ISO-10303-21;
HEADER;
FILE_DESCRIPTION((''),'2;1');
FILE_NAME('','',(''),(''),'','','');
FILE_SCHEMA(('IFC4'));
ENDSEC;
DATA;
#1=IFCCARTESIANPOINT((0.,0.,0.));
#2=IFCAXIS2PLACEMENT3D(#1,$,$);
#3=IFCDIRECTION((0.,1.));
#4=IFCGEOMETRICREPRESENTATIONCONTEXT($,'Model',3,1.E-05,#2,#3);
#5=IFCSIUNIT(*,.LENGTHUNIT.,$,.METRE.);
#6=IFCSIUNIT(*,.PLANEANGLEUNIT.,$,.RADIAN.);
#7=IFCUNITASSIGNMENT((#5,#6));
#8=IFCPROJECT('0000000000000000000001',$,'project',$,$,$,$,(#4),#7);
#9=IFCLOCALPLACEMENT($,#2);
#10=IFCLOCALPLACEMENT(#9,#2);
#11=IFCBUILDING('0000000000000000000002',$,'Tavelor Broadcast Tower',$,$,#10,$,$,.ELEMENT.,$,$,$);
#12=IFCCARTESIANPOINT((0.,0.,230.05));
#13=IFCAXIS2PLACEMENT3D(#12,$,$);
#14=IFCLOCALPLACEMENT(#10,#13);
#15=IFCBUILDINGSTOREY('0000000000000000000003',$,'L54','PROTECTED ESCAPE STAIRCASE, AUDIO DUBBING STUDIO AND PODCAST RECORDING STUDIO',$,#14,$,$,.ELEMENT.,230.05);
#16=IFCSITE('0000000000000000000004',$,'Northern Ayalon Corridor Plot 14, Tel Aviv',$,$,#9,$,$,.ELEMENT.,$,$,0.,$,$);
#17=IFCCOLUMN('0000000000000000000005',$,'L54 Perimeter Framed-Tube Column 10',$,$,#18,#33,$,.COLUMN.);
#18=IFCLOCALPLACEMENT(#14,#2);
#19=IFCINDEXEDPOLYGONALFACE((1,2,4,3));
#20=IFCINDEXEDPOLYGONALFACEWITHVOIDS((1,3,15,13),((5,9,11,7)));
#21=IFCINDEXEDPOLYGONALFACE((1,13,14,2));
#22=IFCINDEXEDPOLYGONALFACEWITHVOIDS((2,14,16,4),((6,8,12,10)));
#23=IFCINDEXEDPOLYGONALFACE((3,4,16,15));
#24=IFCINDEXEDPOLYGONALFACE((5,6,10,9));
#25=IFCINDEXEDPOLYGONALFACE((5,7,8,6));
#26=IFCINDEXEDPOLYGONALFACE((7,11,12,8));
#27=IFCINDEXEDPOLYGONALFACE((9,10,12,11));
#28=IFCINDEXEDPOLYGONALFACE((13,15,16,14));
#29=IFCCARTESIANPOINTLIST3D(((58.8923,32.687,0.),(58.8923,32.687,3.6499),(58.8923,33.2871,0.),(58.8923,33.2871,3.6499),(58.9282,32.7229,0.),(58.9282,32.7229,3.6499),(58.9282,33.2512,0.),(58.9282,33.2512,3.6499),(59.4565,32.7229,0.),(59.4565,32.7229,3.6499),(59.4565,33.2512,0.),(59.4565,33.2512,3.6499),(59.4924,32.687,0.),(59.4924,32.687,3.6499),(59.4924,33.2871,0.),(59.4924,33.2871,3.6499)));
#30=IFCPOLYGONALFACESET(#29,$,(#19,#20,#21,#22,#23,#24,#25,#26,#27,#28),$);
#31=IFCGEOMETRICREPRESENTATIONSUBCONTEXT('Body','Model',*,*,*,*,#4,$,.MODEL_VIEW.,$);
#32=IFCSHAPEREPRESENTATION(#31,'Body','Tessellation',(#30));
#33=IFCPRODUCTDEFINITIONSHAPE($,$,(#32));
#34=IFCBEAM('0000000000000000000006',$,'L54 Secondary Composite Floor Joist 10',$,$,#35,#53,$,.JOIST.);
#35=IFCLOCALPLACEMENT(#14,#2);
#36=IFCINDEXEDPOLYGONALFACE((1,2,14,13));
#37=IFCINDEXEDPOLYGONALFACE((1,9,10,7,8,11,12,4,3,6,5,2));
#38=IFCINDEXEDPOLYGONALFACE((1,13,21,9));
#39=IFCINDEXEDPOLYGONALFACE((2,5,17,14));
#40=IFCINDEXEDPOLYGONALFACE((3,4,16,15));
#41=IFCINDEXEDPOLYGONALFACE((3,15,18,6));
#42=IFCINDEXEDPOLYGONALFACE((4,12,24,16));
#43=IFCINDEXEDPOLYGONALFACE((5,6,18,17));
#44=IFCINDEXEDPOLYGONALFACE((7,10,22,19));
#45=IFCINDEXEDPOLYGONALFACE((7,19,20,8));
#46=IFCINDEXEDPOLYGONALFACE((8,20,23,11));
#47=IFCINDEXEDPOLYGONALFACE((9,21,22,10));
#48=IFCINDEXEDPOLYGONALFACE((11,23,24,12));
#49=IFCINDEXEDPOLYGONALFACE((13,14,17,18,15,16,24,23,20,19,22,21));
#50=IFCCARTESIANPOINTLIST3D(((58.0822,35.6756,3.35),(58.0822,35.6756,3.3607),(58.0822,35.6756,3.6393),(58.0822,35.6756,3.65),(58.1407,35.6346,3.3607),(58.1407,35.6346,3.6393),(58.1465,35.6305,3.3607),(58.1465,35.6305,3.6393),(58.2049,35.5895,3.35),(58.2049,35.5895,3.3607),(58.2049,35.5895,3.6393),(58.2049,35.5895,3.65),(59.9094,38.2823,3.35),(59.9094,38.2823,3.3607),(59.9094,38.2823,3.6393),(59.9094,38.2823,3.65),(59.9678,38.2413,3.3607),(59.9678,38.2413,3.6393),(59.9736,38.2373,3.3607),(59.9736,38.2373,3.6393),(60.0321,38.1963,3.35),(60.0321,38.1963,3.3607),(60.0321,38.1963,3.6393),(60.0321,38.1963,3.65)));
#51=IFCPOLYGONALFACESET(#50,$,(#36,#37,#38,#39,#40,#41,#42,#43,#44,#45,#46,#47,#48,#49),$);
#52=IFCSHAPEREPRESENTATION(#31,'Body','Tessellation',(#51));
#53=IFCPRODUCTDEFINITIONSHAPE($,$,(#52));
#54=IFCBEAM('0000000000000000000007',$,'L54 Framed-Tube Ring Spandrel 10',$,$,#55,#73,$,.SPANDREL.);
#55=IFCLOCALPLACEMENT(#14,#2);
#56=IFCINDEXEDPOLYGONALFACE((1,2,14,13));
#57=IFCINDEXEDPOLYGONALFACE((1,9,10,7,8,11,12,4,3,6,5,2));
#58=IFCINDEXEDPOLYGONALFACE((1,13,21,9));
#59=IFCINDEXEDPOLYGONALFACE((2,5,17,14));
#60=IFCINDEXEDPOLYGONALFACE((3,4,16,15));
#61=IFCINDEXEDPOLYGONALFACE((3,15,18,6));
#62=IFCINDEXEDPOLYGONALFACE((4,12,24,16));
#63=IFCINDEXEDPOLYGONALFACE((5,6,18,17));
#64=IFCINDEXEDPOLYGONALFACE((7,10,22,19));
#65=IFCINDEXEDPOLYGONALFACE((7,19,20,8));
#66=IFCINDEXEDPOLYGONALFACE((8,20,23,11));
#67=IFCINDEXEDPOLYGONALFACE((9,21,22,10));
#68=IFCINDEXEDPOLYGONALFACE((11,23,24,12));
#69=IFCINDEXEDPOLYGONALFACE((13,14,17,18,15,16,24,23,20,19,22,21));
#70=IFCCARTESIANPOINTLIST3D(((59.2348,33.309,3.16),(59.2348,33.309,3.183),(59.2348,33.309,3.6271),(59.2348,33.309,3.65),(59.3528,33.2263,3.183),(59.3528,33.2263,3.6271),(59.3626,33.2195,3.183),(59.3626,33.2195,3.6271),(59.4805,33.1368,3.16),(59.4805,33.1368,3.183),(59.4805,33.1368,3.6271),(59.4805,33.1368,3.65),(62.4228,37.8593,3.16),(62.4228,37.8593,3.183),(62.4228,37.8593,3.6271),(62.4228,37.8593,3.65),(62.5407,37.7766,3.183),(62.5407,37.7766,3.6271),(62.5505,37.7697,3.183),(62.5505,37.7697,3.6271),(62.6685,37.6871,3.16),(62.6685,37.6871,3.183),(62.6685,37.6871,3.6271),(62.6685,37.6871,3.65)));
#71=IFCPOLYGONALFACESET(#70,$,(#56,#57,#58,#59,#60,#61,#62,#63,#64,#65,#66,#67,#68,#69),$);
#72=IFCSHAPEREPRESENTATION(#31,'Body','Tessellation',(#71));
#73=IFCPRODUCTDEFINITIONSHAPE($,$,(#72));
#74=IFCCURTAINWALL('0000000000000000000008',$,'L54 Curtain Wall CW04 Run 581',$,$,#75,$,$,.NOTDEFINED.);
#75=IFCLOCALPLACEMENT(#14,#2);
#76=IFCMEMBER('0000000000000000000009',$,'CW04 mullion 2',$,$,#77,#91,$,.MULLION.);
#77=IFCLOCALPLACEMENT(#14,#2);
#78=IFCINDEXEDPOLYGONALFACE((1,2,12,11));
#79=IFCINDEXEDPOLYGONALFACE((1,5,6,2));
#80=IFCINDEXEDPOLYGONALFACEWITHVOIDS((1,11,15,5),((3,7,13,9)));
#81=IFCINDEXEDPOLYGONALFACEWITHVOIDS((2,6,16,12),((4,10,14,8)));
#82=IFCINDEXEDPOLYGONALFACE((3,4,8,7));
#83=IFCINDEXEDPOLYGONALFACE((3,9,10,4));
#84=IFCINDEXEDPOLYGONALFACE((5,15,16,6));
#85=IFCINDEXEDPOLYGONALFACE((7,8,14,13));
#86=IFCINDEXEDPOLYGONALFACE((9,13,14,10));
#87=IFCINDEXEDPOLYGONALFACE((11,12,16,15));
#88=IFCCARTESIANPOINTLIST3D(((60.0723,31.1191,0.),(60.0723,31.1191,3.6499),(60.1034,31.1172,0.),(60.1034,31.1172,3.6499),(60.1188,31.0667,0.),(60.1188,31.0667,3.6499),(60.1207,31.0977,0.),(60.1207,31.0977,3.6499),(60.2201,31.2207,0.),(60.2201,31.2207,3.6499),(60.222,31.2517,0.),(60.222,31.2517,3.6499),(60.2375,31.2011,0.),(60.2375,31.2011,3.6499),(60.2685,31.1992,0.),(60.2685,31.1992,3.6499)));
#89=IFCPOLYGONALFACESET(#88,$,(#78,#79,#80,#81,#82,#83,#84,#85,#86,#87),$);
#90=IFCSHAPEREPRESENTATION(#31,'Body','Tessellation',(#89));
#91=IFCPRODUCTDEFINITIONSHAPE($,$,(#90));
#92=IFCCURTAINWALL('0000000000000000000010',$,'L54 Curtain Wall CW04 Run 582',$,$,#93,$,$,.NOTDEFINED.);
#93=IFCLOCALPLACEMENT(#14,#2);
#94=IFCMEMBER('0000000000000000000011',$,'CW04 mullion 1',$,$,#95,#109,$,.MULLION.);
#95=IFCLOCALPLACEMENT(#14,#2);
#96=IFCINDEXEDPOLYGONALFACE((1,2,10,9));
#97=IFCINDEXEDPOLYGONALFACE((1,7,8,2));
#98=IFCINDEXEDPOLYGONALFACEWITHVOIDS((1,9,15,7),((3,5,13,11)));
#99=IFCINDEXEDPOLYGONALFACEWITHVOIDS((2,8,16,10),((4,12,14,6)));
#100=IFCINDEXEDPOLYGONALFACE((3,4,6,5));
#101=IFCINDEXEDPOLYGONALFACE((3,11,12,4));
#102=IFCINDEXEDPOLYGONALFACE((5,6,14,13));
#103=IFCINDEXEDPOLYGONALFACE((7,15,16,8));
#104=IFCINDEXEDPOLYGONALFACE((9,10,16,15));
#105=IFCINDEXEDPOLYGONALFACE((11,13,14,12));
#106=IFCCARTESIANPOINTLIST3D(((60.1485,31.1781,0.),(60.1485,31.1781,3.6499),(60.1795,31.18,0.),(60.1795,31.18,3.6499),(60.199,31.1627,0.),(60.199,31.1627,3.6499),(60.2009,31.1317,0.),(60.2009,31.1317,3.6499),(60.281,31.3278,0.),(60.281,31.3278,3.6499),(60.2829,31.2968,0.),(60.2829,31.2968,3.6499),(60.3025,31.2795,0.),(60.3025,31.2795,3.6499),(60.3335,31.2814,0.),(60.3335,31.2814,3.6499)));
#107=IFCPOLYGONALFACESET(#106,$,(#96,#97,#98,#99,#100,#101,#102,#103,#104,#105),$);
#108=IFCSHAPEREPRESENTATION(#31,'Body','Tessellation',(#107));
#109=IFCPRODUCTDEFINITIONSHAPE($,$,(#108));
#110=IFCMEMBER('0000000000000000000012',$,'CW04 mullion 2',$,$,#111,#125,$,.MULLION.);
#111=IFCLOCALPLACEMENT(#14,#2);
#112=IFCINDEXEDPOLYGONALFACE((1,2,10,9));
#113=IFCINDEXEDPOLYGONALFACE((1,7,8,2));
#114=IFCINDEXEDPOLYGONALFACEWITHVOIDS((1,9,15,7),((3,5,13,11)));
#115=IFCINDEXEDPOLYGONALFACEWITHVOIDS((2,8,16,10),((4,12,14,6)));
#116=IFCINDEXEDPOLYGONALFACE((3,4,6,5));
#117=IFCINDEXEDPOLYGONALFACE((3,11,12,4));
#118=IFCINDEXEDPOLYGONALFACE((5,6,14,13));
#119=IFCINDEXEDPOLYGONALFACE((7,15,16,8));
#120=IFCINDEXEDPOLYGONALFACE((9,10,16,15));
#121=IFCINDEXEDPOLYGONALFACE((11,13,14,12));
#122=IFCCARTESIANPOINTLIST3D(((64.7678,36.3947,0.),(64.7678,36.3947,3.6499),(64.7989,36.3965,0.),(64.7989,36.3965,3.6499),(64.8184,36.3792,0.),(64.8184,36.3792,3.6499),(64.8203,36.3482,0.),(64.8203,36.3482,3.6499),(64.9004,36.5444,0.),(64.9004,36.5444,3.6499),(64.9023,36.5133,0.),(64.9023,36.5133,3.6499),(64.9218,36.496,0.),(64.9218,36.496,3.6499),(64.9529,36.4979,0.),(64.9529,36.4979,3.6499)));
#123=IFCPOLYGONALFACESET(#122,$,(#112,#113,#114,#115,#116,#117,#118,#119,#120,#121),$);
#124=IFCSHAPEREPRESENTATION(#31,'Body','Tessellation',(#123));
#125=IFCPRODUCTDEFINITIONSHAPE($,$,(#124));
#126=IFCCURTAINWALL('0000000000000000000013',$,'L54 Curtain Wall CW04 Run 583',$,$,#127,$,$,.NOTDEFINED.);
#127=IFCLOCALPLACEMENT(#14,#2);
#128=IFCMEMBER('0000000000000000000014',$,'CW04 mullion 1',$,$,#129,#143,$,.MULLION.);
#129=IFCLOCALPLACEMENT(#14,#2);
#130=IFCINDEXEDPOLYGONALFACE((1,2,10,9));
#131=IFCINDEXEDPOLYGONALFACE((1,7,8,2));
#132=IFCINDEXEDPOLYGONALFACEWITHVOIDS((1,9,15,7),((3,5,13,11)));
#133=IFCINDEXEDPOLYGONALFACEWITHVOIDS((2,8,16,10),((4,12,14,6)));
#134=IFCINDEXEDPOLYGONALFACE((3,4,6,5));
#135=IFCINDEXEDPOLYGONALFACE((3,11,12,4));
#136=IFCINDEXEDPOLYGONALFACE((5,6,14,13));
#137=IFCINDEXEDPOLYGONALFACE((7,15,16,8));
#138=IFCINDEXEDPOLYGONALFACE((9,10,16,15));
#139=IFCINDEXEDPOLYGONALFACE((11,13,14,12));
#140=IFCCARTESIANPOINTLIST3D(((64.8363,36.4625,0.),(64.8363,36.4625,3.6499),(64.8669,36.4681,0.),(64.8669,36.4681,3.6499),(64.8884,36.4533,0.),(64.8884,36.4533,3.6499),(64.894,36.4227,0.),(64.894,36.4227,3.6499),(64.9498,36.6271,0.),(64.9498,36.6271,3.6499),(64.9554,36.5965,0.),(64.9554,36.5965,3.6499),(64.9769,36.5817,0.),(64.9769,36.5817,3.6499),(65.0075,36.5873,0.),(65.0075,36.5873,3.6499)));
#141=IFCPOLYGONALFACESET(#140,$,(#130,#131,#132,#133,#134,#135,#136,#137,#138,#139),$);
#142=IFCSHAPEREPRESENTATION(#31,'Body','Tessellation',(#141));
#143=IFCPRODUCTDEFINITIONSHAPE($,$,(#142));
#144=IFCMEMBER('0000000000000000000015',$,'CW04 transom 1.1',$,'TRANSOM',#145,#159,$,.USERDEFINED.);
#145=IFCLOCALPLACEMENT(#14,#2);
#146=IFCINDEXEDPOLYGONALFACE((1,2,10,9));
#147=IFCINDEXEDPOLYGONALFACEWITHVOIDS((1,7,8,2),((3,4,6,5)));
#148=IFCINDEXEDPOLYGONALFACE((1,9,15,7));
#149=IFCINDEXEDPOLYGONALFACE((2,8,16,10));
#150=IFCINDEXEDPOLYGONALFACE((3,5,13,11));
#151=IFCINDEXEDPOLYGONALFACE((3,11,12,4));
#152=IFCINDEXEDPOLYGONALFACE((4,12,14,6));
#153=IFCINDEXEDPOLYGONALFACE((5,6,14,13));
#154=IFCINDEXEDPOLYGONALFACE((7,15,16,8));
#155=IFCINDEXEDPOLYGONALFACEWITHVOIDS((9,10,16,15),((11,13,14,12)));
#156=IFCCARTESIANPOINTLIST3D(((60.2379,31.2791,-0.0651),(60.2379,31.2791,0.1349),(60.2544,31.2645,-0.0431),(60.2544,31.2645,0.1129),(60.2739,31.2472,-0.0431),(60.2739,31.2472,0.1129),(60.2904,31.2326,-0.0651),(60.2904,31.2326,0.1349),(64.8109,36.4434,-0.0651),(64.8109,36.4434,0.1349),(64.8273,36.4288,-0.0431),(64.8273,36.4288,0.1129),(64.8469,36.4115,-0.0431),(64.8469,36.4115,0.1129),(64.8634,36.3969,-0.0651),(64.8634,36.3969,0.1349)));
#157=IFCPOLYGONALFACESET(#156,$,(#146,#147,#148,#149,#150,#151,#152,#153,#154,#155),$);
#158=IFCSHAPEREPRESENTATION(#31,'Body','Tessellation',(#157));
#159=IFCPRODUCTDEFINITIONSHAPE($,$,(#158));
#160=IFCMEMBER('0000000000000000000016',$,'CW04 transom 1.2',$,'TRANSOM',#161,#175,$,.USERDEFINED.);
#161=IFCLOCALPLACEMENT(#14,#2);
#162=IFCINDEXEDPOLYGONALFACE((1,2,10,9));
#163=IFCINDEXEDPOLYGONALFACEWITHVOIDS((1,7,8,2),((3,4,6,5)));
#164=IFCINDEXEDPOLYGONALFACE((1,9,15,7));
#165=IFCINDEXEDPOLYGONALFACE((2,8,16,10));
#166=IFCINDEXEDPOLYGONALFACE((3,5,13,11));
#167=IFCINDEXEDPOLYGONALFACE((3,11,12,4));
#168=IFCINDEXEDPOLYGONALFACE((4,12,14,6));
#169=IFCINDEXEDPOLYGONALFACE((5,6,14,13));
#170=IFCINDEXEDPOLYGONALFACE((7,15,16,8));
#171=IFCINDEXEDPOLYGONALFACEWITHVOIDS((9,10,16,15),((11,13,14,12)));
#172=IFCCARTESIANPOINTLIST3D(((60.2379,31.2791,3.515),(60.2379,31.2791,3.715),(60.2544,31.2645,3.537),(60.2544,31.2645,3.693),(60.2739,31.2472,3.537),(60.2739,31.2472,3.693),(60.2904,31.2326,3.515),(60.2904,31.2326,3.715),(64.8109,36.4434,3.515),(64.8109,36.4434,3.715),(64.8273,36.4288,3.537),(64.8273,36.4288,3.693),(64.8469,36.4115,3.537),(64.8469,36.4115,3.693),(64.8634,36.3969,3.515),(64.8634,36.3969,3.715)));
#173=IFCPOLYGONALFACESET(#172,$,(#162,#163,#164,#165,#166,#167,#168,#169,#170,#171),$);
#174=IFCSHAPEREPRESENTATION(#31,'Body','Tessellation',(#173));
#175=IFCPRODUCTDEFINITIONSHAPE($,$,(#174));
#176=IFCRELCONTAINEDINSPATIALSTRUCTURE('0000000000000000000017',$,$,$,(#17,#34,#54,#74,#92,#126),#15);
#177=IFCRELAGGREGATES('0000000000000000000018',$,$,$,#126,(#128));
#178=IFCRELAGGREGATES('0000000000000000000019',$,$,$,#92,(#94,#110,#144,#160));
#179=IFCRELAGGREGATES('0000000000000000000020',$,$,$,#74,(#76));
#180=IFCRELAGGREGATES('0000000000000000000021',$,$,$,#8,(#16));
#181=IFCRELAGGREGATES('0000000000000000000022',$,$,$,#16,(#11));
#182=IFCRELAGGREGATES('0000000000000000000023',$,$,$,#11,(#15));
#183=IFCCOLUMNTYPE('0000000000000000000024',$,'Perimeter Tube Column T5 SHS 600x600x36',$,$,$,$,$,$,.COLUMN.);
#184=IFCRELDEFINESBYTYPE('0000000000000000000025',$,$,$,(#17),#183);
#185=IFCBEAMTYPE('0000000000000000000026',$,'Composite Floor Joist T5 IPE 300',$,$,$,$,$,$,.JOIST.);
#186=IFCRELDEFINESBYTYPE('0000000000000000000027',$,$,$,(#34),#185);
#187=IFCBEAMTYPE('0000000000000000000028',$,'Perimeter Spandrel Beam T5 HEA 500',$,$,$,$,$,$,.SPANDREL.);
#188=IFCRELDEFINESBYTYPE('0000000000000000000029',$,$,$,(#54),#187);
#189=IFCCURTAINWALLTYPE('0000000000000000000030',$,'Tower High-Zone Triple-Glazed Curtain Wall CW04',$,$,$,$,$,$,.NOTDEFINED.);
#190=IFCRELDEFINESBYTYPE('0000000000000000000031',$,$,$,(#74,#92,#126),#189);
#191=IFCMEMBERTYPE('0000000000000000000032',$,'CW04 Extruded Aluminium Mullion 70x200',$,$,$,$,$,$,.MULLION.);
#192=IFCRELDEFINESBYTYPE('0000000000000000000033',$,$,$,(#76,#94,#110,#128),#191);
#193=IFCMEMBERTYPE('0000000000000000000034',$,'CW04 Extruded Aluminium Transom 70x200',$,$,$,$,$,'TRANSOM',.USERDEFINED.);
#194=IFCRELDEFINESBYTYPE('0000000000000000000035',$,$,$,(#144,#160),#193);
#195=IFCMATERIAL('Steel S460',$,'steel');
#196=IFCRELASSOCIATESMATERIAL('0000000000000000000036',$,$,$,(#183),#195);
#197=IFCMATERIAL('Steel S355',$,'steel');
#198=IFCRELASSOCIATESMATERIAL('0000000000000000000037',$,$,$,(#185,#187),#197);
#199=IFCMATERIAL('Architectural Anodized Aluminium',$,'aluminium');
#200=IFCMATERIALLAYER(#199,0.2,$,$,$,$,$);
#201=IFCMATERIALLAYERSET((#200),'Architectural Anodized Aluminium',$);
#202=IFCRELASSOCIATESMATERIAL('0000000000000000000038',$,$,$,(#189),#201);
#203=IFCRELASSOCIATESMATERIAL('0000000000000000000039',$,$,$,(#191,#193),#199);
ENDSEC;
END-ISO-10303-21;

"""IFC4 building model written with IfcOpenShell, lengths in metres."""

from ifc_helpers import new_model, si_unit, direction, frame, origin, origin_2d, place, context, subcontext, project, spatial, hollow_rectangle, i_section, extrude, source, transform, mapped, material, layer, layer_set, material_profile, profile_set, type_object, type_shapes, element, aggregate, save


model = new_model("IFC4")

# Units and contexts
model_context = context("Model", 3, precision=1e-05, world=origin(), true_north=direction((0.0, 1.0)))
body_context = subcontext(model_context, "Body", "Model", "MODEL_VIEW")
ifc_project = project(units=[si_unit("LENGTHUNIT", "METRE"), si_unit("PLANEANGLEUNIT", "RADIAN")], contexts=[model_context])

# Site, building, storey
site_placement = place(None, origin())
site = spatial("IfcSite", under=ifc_project, at=site_placement, Name="Northern Ayalon Corridor Plot 14, Tel Aviv", CompositionType="ELEMENT", RefElevation=0.0)
building_placement = place(site_placement, origin())
building = spatial("IfcBuilding", under=site, at=building_placement, Name="Tavelor Broadcast Tower", CompositionType="ELEMENT")
storey_placement = place(building_placement, frame((0.0, 0.0, 230.05)))
storey = spatial("IfcBuildingStorey", under=building, at=storey_placement, Name="L54", Description="PROTECTED ESCAPE STAIRCASE, AUDIO DUBBING STUDIO AND PODCAST RECORDING STUDIO", CompositionType="ELEMENT", Elevation=230.05)

# Column
ifc_material_1 = material(Name="Steel S460", Category="steel")
ifc_material_profile_1 = material_profile(ifc_material_1, hollow_rectangle(XDim=0.6001, YDim=0.6001, WallThickness=0.0359, at=origin_2d()), Name="SHS 600x600x36")
ifc_profile_set_1 = profile_set([ifc_material_profile_1], Name="Steel S460")
column_type = type_object("IfcColumnType", Name="Perimeter Tube Column T5 SHS 600x600x36", PredefinedType="COLUMN", material=ifc_profile_set_1)
column_placement = place(storey_placement, frame((59.1924, 32.9871, 0.0), z_axis=(0.0, 0.0, 1.0), x_axis=(1.0, 0.0, 0.0)))
element("IfcColumn", 1, at=column_placement, inside=storey, type_object=column_type, Name="L54 Perimeter Framed-Tube Column 10", PredefinedType="COLUMN", context=body_context, shape_type="SweptSolid", body=[
    extrude(hollow_rectangle(XDim=0.6001, YDim=0.6001, WallThickness=0.0359, at=origin_2d()), origin(), (0.0, 0.0, 1.0), 3.6499),
])

# Beams
ifc_material_2 = material(Name="Steel S355", Category="steel")
ifc_material_profile_2 = material_profile(ifc_material_2, i_section(OverallWidth=0.1499, OverallDepth=0.3, WebThickness=0.0071, FlangeThickness=0.0107, at=origin_2d()), Name="IPE 300")
ifc_profile_set_2 = profile_set([ifc_material_profile_2], Name="Steel S355")
beam_type_1 = type_object("IfcBeamType", Name="Composite Floor Joist T5 IPE 300", PredefinedType="JOIST", material=ifc_profile_set_2)
beam_1_placement = place(storey_placement, frame((58.1436, 35.6326, 3.5), z_axis=(0.573982, 0.818868, 0.0), x_axis=(-0.818868, 0.573982, 0.0)))
element("IfcBeam", 2, at=beam_1_placement, inside=storey, type_object=beam_type_1, Name="L54 Secondary Composite Floor Joist 10", PredefinedType="JOIST", context=body_context, shape_type="SweptSolid", body=[
    extrude(i_section(OverallWidth=0.1499, OverallDepth=0.3, WebThickness=0.0071, FlangeThickness=0.0107, at=origin_2d()), origin(), (0.0, 0.0, 1.0), 3.1833),
])
ifc_material_profile_3 = material_profile(ifc_material_2, i_section(OverallWidth=0.3, OverallDepth=0.49, WebThickness=0.012, FlangeThickness=0.0229, at=origin_2d()), Name="HEA 500")
ifc_profile_set_3 = profile_set([ifc_material_profile_3], Name="Steel S355")
beam_type_2 = type_object("IfcBeamType", Name="Perimeter Spandrel Beam T5 HEA 500", PredefinedType="SPANDREL", material=ifc_profile_set_3)
beam_2_placement = place(storey_placement, frame((59.3577, 33.2229, 3.405), z_axis=(0.573798, 0.818997, 0.0), x_axis=(-0.818997, 0.573798, 0.0)))
element("IfcBeam", 3, at=beam_2_placement, inside=storey, type_object=beam_type_2, Name="L54 Framed-Tube Ring Spandrel 10", PredefinedType="SPANDREL", context=body_context, shape_type="SweptSolid", body=[
    extrude(i_section(OverallWidth=0.3, OverallDepth=0.49, WebThickness=0.012, FlangeThickness=0.0229, at=origin_2d()), origin(), (0.0, 0.0, 1.0), 5.5559),
])

# Curtain wall, member
ifc_material_3 = material(Name="Architectural Anodized Aluminium", Category="aluminium")
ifc_layer_1 = layer(ifc_material_3, 0.2)
ifc_layer_set_1 = layer_set([ifc_layer_1], Name="Architectural Anodized Aluminium")
curtain_wall_type = type_object("IfcCurtainWallType", Name="Tower High-Zone Triple-Glazed Curtain Wall CW04", PredefinedType="NOTDEFINED", material=ifc_layer_set_1)
curtain_wall_1_placement = place(storey_placement, origin())
curtain_wall_1 = element("IfcCurtainWall", 4, at=curtain_wall_1_placement, inside=storey, type_object=curtain_wall_type, Name="L54 Curtain Wall CW04 Run 581", PredefinedType="NOTDEFINED")
ifc_material_profile_4 = material_profile(ifc_material_3, hollow_rectangle(XDim=0.0701, YDim=0.2, WallThickness=0.022, at=origin_2d()), Name="RHS 70x200x22")
ifc_profile_set_4 = profile_set([ifc_material_profile_4], Name="Architectural Anodized Aluminium")
member_type_1 = type_object("IfcMemberType", Name="CW04 Extruded Aluminium Mullion 70x200", PredefinedType="MULLION", material=ifc_profile_set_4)
shared_shape_1 = source(origin(), body_context, "Body", "SweptSolid", [
    extrude(hollow_rectangle(XDim=0.0701, YDim=0.2, WallThickness=0.022, at=origin_2d()), origin(), (0.0, 0.0, 1.0), 3.6499),
])
type_shapes(member_type_1, [shared_shape_1])
member_1_placement = place(storey_placement, frame((60.1704, 31.1592, 0.0), z_axis=(0.0, 0.0, 1.0), x_axis=(-0.662945, 0.748668, 0.0)))
member_1 = element("IfcMember", 5, at=member_1_placement, type_object=member_type_1, Name="CW04 mullion 2", PredefinedType="MULLION", context=body_context, shape_type="MappedRepresentation", body=[
    mapped(shared_shape_1, transform((0.0, 0.0, 0.0), scale=1.0)),
])

# Curtain wall, members
curtain_wall_2_placement = place(storey_placement, origin())
curtain_wall_2 = element("IfcCurtainWall", 6, at=curtain_wall_2_placement, inside=storey, type_object=curtain_wall_type, Name="L54 Curtain Wall CW04 Run 582", PredefinedType="NOTDEFINED")
member_2_placement = place(storey_placement, frame((60.241, 31.2297, 0.0), z_axis=(0.0, 0.0, 1.0), x_axis=(-0.748667, 0.662946, 0.0)))
member_2 = element("IfcMember", 7, at=member_2_placement, type_object=member_type_1, Name="CW04 mullion 1", PredefinedType="MULLION", context=body_context, shape_type="MappedRepresentation", body=[
    mapped(shared_shape_1, transform((0.0, 0.0, 0.0), scale=1.0)),
])
member_3_placement = place(storey_placement, frame((64.8604, 36.4463, 0.0), z_axis=(0.0, 0.0, 1.0), x_axis=(-0.748667, 0.662946, 0.0)))
member_3 = element("IfcMember", 8, at=member_3_placement, type_object=member_type_1, Name="CW04 mullion 2", PredefinedType="MULLION", context=body_context, shape_type="MappedRepresentation", body=[
    mapped(shared_shape_1, transform((0.0, 0.0, 0.0), scale=1.0)),
])

# Curtain wall, member
curtain_wall_3_placement = place(storey_placement, origin())
curtain_wall_3 = element("IfcCurtainWall", 9, at=curtain_wall_3_placement, inside=storey, type_object=curtain_wall_type, Name="L54 Curtain Wall CW04 Run 583", PredefinedType="NOTDEFINED")
member_4_placement = place(storey_placement, frame((64.9219, 36.5249, 0.0), z_axis=(0.0, 0.0, 1.0), x_axis=(-0.823395, 0.567468, 0.0)))
member_4 = element("IfcMember", 10, at=member_4_placement, type_object=member_type_1, Name="CW04 mullion 1", PredefinedType="MULLION", context=body_context, shape_type="MappedRepresentation", body=[
    mapped(shared_shape_1, transform((0.0, 0.0, 0.0), scale=1.0)),
])

# Members
ifc_material_profile_5 = material_profile(ifc_material_3, hollow_rectangle(XDim=0.0701, YDim=0.2, WallThickness=0.022, at=origin_2d()), Name="RHS 70x200x22")
ifc_profile_set_5 = profile_set([ifc_material_profile_5], Name="Architectural Anodized Aluminium")
member_type_2 = type_object("IfcMemberType", Name="CW04 Extruded Aluminium Transom 70x200", ElementType="TRANSOM", PredefinedType="USERDEFINED", material=ifc_profile_set_5)
shared_shape_2 = source(origin(), body_context, "Body", "SweptSolid", [
    extrude(hollow_rectangle(XDim=0.0701, YDim=0.2, WallThickness=0.022, at=origin_2d()), origin(), (0.0, 0.0, 1.0), 6.8979),
])
type_shapes(member_type_2, [shared_shape_2])
member_5_placement = place(storey_placement, frame((60.2642, 31.2559, 0.0349), z_axis=(0.662946, 0.748667, 0.0), x_axis=(-0.748667, 0.662946, 0.0)))
member_5 = element("IfcMember", 11, at=member_5_placement, type_object=member_type_2, Name="CW04 transom 1.1", ObjectType="TRANSOM", PredefinedType="USERDEFINED", context=body_context, shape_type="MappedRepresentation", body=[
    mapped(shared_shape_2, transform((0.0, 0.0, 0.0), scale=1.0)),
])
member_6_placement = place(storey_placement, frame((60.2642, 31.2559, 3.615), z_axis=(0.662946, 0.748667, 0.0), x_axis=(-0.748667, 0.662946, 0.0)))
member_6 = element("IfcMember", 12, at=member_6_placement, type_object=member_type_2, Name="CW04 transom 1.2", ObjectType="TRANSOM", PredefinedType="USERDEFINED", context=body_context, shape_type="MappedRepresentation", body=[
    mapped(shared_shape_2, transform((0.0, 0.0, 0.0), scale=1.0)),
])
aggregate(curtain_wall_3, [member_4])

aggregate(curtain_wall_2, [member_2, member_3, member_5, member_6])
aggregate(curtain_wall_1, [member_1])

save(model, "model.ifc")
